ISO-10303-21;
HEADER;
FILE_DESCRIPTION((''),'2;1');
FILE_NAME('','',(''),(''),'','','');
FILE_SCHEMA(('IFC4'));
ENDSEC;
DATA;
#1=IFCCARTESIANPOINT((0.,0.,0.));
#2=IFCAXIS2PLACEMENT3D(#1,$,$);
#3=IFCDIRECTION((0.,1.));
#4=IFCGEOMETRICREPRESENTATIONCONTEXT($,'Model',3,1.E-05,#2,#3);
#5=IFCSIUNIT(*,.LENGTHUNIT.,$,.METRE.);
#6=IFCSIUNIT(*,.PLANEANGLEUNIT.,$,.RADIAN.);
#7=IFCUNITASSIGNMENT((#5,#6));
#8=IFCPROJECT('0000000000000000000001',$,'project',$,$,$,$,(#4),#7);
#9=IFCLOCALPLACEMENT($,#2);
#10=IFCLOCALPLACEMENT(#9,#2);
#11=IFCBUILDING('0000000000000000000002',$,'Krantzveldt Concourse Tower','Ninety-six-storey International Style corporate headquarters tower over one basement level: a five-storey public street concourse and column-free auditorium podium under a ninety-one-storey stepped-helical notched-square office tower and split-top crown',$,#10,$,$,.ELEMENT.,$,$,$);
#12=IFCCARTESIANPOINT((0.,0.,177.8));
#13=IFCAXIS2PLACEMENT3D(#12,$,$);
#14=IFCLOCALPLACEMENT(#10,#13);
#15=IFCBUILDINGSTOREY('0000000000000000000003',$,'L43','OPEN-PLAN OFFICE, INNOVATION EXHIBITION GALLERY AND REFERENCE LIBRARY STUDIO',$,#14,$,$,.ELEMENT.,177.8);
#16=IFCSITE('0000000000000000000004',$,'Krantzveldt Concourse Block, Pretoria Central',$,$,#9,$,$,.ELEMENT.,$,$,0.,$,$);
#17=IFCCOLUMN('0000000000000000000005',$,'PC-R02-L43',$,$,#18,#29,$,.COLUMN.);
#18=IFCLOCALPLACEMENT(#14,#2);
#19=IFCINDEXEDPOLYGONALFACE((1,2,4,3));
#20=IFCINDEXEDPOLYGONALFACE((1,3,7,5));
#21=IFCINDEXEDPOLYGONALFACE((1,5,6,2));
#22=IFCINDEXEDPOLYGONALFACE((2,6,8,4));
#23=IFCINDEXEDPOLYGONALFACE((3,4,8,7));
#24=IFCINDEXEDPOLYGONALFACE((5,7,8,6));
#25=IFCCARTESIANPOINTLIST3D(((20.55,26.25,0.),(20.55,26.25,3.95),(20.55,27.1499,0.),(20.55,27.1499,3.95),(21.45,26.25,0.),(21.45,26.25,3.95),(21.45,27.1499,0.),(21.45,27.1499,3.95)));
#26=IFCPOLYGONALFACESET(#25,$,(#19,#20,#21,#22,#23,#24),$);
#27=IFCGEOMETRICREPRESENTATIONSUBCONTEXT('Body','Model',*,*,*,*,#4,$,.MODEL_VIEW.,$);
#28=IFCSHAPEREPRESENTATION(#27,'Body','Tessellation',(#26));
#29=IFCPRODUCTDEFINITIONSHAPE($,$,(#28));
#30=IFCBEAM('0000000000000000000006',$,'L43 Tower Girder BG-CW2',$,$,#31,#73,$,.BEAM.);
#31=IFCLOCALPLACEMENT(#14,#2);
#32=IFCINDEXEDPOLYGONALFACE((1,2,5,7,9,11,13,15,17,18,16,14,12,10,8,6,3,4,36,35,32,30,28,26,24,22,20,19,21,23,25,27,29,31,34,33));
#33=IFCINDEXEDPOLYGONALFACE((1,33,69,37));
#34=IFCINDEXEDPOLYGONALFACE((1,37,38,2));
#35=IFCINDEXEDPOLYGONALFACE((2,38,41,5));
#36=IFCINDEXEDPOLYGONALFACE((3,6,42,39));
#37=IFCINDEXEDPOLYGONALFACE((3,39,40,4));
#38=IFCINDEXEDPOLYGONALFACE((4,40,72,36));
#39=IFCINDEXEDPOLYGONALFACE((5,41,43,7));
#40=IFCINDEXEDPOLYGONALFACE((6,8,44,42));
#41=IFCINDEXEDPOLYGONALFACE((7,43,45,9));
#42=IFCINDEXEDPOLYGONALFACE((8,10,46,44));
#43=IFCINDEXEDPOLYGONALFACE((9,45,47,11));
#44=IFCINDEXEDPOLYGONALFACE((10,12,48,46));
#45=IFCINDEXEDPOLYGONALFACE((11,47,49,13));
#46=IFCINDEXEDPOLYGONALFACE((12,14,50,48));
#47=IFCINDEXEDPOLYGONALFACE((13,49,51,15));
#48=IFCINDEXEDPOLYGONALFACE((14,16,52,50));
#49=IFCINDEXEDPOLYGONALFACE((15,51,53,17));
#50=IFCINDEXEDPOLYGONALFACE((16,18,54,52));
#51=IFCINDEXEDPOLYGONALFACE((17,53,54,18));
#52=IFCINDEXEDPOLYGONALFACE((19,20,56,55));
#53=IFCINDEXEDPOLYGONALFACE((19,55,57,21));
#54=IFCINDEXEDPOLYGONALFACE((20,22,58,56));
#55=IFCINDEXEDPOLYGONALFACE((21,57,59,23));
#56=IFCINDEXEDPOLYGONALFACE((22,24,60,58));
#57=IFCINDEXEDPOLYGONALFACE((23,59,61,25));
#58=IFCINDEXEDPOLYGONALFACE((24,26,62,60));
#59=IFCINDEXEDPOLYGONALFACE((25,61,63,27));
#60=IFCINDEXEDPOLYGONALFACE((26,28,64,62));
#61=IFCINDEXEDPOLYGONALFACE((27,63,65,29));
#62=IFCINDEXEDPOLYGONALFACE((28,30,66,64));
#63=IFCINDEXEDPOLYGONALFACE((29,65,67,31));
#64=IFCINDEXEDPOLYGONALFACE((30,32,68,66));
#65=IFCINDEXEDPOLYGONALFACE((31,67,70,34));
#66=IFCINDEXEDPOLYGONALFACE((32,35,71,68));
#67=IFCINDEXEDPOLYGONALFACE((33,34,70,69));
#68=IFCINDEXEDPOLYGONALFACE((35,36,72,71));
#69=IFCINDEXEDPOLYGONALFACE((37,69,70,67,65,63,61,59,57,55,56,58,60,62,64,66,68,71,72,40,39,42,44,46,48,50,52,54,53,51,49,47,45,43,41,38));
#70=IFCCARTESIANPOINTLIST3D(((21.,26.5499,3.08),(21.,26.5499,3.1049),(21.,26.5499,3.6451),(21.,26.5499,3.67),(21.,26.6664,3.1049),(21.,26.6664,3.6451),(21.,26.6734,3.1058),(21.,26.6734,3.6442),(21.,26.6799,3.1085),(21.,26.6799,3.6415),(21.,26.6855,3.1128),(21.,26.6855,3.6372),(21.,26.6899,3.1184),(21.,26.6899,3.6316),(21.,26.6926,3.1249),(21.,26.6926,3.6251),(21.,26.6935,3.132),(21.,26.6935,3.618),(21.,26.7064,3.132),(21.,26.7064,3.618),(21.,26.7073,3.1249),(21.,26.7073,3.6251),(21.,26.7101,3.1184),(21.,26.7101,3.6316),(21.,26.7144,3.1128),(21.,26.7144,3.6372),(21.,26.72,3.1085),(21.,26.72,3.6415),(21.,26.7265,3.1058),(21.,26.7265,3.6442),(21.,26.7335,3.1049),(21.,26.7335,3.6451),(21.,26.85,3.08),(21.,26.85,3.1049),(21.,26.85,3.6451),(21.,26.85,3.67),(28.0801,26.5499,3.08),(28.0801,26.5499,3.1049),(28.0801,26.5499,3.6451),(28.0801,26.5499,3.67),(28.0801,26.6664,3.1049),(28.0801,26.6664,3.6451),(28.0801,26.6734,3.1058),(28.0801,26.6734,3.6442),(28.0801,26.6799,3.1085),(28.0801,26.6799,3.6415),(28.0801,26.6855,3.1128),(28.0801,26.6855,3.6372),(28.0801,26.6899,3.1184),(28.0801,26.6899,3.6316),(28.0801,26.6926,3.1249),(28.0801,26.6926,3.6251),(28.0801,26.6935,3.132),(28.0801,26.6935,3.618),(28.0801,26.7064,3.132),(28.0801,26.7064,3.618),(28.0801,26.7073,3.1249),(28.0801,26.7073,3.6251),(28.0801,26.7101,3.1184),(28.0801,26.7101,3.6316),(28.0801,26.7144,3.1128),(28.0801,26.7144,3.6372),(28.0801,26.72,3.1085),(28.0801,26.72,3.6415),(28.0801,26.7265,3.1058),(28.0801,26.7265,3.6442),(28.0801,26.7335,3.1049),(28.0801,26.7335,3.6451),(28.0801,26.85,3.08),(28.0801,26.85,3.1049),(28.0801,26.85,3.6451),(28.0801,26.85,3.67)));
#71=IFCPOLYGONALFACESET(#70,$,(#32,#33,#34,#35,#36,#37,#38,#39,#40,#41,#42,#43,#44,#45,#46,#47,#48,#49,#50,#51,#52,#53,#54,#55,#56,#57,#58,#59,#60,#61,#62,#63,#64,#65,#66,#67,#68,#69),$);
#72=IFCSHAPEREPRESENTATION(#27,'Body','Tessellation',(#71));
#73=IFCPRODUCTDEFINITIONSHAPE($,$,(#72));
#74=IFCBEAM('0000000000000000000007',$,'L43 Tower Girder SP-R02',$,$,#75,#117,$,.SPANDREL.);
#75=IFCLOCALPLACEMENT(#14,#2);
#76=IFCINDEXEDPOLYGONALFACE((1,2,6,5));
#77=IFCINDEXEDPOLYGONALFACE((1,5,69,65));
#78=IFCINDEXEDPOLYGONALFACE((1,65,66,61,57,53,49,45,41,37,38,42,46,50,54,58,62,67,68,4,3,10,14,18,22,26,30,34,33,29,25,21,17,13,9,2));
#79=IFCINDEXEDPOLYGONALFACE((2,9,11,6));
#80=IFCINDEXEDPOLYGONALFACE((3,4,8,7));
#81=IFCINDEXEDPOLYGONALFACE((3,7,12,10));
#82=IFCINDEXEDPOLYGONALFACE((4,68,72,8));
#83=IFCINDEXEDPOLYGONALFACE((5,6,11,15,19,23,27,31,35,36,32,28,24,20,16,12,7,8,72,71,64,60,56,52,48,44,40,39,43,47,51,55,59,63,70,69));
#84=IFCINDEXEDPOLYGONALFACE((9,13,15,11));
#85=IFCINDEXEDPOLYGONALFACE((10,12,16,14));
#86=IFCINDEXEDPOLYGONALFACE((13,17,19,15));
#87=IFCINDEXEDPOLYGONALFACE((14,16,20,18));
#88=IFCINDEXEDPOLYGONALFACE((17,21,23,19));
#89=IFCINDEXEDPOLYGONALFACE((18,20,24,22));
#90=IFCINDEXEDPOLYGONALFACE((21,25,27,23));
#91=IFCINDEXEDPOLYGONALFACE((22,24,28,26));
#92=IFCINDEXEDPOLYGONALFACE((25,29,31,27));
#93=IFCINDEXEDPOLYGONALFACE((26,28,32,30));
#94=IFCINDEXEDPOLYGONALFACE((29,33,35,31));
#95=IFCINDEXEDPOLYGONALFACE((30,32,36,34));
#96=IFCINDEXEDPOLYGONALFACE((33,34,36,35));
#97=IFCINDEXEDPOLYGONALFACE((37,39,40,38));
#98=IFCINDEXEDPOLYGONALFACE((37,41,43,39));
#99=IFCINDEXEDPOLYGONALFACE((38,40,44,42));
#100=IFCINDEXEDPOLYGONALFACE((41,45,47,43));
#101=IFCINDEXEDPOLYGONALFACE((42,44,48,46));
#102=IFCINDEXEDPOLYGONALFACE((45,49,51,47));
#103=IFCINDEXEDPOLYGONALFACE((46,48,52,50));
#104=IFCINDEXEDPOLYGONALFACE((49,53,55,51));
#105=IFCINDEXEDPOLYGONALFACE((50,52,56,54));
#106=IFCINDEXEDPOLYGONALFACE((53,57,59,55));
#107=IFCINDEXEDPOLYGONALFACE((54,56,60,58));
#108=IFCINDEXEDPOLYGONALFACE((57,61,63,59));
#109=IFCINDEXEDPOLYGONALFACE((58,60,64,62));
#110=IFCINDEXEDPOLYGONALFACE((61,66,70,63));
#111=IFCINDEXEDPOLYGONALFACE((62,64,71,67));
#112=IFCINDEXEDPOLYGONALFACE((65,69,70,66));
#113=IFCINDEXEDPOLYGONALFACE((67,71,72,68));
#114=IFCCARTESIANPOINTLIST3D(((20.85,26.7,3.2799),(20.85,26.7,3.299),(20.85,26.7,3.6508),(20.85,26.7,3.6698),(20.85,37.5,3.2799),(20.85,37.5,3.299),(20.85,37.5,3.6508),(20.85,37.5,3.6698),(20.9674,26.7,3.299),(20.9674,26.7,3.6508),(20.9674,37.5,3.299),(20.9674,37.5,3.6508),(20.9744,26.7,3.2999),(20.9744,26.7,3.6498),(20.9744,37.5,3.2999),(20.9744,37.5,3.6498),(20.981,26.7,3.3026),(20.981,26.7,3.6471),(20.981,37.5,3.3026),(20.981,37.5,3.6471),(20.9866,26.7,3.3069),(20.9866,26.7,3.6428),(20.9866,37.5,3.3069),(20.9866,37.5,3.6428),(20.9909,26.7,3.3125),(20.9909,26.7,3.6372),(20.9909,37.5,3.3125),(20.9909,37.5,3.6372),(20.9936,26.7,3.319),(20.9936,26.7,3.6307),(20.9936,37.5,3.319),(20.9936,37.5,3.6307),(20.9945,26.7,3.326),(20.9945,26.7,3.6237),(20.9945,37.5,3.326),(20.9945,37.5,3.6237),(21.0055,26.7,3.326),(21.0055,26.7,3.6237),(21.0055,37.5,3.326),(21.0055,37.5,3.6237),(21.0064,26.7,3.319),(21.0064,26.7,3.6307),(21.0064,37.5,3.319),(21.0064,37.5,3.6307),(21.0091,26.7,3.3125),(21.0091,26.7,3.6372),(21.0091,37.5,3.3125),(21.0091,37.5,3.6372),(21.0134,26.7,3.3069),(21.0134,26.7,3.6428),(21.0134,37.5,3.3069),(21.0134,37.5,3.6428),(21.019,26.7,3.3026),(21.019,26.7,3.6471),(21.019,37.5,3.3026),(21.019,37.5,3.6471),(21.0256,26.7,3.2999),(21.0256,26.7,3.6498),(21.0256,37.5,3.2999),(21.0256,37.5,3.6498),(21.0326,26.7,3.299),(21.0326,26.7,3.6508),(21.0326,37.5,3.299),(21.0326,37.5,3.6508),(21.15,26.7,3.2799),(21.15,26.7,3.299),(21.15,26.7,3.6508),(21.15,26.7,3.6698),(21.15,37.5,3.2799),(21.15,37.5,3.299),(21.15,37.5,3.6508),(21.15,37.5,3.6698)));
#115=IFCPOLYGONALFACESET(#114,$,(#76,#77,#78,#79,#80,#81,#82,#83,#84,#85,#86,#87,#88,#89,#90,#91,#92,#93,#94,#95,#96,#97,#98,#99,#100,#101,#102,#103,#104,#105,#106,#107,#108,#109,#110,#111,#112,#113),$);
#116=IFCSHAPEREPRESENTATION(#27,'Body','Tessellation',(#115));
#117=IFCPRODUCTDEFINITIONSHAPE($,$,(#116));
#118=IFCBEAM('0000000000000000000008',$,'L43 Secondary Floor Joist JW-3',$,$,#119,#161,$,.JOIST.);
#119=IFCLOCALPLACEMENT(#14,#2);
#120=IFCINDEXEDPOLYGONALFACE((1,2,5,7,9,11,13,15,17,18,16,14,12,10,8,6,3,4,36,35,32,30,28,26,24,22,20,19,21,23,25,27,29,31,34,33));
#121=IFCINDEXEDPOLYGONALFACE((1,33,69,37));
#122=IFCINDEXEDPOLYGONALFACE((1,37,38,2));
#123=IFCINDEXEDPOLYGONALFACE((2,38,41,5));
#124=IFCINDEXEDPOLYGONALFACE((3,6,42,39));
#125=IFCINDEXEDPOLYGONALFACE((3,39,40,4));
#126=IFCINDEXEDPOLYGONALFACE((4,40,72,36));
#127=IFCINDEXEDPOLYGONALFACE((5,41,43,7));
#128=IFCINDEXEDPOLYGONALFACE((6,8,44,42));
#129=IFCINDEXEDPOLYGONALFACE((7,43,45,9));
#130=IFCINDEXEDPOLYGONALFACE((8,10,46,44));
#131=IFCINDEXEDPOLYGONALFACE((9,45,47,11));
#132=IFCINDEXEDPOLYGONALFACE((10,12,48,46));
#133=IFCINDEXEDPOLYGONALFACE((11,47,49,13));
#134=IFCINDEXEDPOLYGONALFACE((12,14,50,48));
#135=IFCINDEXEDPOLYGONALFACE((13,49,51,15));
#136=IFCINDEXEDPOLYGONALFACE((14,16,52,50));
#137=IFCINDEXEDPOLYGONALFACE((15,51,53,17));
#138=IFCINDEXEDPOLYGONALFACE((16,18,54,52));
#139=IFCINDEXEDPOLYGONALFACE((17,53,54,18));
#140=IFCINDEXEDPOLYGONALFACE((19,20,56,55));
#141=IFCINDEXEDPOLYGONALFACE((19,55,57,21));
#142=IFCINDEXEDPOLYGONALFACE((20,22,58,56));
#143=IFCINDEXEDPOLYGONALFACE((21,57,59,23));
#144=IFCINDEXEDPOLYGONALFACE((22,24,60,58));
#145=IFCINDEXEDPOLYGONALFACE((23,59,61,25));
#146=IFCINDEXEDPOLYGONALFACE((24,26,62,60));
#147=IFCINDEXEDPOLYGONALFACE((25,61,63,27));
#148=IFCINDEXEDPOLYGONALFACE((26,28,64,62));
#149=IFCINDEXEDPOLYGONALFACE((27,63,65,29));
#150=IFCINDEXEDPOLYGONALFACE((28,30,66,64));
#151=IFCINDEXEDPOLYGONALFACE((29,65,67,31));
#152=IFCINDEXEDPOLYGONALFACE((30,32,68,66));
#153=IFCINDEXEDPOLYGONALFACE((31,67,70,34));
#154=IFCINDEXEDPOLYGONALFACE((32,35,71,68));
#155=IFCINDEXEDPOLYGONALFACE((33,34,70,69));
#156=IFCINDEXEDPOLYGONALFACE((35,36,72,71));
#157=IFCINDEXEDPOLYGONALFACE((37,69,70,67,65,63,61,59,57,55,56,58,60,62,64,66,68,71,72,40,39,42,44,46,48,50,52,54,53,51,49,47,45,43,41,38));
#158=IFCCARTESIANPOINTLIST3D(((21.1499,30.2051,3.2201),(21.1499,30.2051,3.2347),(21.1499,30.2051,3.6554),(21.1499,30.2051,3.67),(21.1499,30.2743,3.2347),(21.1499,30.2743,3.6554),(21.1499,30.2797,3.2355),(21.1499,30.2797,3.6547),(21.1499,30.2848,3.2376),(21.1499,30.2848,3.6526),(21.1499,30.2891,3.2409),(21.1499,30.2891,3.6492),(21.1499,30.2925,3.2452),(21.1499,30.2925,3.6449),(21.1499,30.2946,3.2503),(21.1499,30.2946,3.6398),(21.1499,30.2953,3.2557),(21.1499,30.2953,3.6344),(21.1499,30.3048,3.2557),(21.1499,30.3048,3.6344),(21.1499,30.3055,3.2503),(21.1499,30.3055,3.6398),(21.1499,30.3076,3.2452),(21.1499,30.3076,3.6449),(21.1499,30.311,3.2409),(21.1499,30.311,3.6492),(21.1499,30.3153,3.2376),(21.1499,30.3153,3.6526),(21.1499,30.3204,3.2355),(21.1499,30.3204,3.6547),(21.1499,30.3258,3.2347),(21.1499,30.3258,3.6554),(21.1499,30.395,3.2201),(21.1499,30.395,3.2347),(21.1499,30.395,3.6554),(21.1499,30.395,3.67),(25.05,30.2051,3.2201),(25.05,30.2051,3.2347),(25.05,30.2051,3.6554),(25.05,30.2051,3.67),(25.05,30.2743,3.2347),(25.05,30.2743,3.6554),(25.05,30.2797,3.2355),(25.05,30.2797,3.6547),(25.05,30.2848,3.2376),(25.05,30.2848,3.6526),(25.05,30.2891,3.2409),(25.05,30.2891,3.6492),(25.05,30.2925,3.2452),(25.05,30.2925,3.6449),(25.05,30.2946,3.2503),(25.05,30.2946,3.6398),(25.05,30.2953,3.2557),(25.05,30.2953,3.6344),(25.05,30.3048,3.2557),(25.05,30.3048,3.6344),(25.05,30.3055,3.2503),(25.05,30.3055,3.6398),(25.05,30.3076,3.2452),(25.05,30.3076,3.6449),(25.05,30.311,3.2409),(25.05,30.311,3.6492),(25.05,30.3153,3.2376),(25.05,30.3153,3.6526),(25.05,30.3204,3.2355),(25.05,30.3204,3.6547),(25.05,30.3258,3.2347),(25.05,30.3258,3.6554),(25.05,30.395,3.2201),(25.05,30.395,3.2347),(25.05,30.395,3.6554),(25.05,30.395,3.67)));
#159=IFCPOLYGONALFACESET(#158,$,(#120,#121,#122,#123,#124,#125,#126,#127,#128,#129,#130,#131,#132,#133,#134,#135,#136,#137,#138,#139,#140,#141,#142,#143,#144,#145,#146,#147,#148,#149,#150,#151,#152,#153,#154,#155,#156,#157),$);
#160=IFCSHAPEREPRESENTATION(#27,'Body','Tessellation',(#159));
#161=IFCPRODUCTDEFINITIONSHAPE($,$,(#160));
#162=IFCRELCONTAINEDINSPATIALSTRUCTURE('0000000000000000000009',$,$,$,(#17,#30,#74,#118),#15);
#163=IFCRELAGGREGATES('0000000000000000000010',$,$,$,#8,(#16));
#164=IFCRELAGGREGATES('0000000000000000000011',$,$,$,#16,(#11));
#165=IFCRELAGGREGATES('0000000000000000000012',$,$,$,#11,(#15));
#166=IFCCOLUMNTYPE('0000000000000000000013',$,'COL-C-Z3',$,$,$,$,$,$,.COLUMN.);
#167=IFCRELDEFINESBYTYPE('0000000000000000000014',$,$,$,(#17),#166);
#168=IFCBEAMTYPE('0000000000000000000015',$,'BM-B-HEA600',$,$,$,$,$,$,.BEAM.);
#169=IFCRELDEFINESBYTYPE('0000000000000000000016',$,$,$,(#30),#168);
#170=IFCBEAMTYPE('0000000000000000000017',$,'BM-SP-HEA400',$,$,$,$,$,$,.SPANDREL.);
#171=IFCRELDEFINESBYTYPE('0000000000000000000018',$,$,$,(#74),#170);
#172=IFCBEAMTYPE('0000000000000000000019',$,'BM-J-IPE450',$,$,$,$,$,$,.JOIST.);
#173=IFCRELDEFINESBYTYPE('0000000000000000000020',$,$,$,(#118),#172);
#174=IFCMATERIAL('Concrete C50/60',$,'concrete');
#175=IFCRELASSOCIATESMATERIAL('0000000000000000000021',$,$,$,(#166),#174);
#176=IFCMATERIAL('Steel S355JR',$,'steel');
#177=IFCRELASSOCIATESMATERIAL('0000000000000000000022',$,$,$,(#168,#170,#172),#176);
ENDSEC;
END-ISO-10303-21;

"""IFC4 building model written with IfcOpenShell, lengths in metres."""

from ifc_helpers import new_model, si_unit, direction, frame, origin, origin_2d, place, context, subcontext, project, spatial, rectangle, i_section, extrude, source, transform, mapped, material, material_profile, profile_set, type_object, type_shapes, element, save


model = new_model("IFC4")

# Units and contexts
model_context = context("Model", 3, precision=1e-05, world=origin(), true_north=direction((0.0, 1.0)))
body_context = subcontext(model_context, "Body", "Model", "MODEL_VIEW")
ifc_project = project(units=[si_unit("LENGTHUNIT", "METRE"), si_unit("PLANEANGLEUNIT", "RADIAN")], contexts=[model_context])

# Site, building, storey
site_placement = place(None, origin())
site = spatial("IfcSite", under=ifc_project, at=site_placement, Name="Krantzveldt Concourse Block, Pretoria Central", CompositionType="ELEMENT", RefElevation=0.0)
building_placement = place(site_placement, origin())
building = spatial("IfcBuilding", under=site, at=building_placement, Name="Krantzveldt Concourse Tower", Description="Ninety-six-storey International Style corporate headquarters tower over one basement level: a five-storey public street concourse and column-free auditorium podium under a ninety-one-storey stepped-helical notched-square office tower and split-top crown", CompositionType="ELEMENT")
storey_placement = place(building_placement, frame((0.0, 0.0, 177.8)))
storey = spatial("IfcBuildingStorey", under=building, at=storey_placement, Name="L43", Description="OPEN-PLAN OFFICE, INNOVATION EXHIBITION GALLERY AND REFERENCE LIBRARY STUDIO", CompositionType="ELEMENT", Elevation=177.8)

# Column
ifc_material_1 = material(Name="Concrete C50/60", Category="concrete")
ifc_material_profile_1 = material_profile(ifc_material_1, rectangle(XDim=0.8999, YDim=0.8999, at=origin_2d()), Name="Concrete C50/60", Category="concrete")
ifc_profile_set_1 = profile_set([ifc_material_profile_1], Name="Concrete C50/60 - RC 900x900")
column_type = type_object("IfcColumnType", Name="COL-C-Z3", PredefinedType="COLUMN", material=ifc_profile_set_1)
shared_shape_1 = source(origin(), body_context, "Body", "SweptSolid", [
    extrude(rectangle(XDim=0.8999, YDim=0.8999, at=origin_2d()), origin(), (0.0, 0.0, 1.0), 3.95),
])
type_shapes(column_type, [shared_shape_1])
column_placement = place(storey_placement, frame((21.0, 26.7, 0.0), z_axis=(0.0, 0.0, 1.0), x_axis=(1.0, 0.0, 0.0)))
element("IfcColumn", 1, at=column_placement, inside=storey, type_object=column_type, Name="PC-R02-L43", PredefinedType="COLUMN", context=body_context, shape_type="MappedRepresentation", body=[
    mapped(shared_shape_1, transform((0.0, 0.0, 0.0), x_axis=(1.0, 0.0, 0.0), y_axis=(0.0, 1.0, 0.0), z_axis=(0.0, 0.0, 1.0), scale=1.0)),
])

# Beams
ifc_material_2 = material(Name="Steel S355JR", Category="steel")
ifc_material_profile_2 = material_profile(ifc_material_2, i_section(OverallWidth=0.3, OverallDepth=0.5901, WebThickness=0.0129, FlangeThickness=0.0249, FilletRadius=0.0271, at=origin_2d()), Name="Steel S355JR", Category="steel")
ifc_profile_set_2 = profile_set([ifc_material_profile_2], Name="Steel S355JR - HEA 600")
beam_type_1 = type_object("IfcBeamType", Name="BM-B-HEA600", PredefinedType="BEAM", material=ifc_profile_set_2)
shared_shape_2 = source(origin(), body_context, "Body", "SweptSolid", [
    extrude(i_section(OverallWidth=0.3, OverallDepth=0.5901, WebThickness=0.0129, FlangeThickness=0.0249, FilletRadius=0.0271, at=origin_2d()), origin(), (0.0, 0.0, 1.0), 7.0801),
])
type_shapes(beam_type_1, [shared_shape_2])
beam_1_placement = place(storey_placement, frame((21.0, 26.7, 3.375), z_axis=(1.0, 0.0, 0.0), x_axis=(0.0, 1.0, 0.0)))
element("IfcBeam", 2, at=beam_1_placement, inside=storey, type_object=beam_type_1, Name="L43 Tower Girder BG-CW2", PredefinedType="BEAM", context=body_context, shape_type="MappedRepresentation", body=[
    mapped(shared_shape_2, transform((0.0, 0.0, 0.0), x_axis=(1.0, 0.0, 0.0), y_axis=(0.0, 1.0, 0.0), z_axis=(0.0, 0.0, 1.0), scale=1.0)),
])
ifc_material_profile_3 = material_profile(ifc_material_2, i_section(OverallWidth=0.3, OverallDepth=0.3899, WebThickness=0.011, FlangeThickness=0.019, FilletRadius=0.0271, at=origin_2d()), Name="Steel S355JR", Category="steel")
ifc_profile_set_3 = profile_set([ifc_material_profile_3], Name="Steel S355JR - HEA 400")
beam_type_2 = type_object("IfcBeamType", Name="BM-SP-HEA400", PredefinedType="SPANDREL", material=ifc_profile_set_3)
shared_shape_3 = source(origin(), body_context, "Body", "SweptSolid", [
    extrude(i_section(OverallWidth=0.3, OverallDepth=0.3899, WebThickness=0.011, FlangeThickness=0.019, FilletRadius=0.0271, at=origin_2d()), origin(), (0.0, 0.0, 1.0), 10.8),
])
type_shapes(beam_type_2, [shared_shape_3])
beam_2_placement = place(storey_placement, frame((21.0, 26.7, 3.4749), z_axis=(0.0, 1.0, 0.0), x_axis=(-1.0, 0.0, 0.0)))
element("IfcBeam", 3, at=beam_2_placement, inside=storey, type_object=beam_type_2, Name="L43 Tower Girder SP-R02", PredefinedType="SPANDREL", context=body_context, shape_type="MappedRepresentation", body=[
    mapped(shared_shape_3, transform((0.0, 0.0, 0.0), x_axis=(1.0, 0.0, 0.0), y_axis=(0.0, 1.0, 0.0), z_axis=(0.0, 0.0, 1.0), scale=1.0)),
])
ifc_material_profile_4 = material_profile(ifc_material_2, i_section(OverallWidth=0.1899, OverallDepth=0.45, WebThickness=0.0095, FlangeThickness=0.0146, FilletRadius=0.021, at=origin_2d()), Name="Steel S355JR", Category="steel")
ifc_profile_set_4 = profile_set([ifc_material_profile_4], Name="Steel S355JR - IPE 450")
beam_type_3 = type_object("IfcBeamType", Name="BM-J-IPE450", PredefinedType="JOIST", material=ifc_profile_set_4)
shared_shape_4 = source(origin(), body_context, "Body", "SweptSolid", [
    extrude(i_section(OverallWidth=0.1899, OverallDepth=0.45, WebThickness=0.0095, FlangeThickness=0.0146, FilletRadius=0.021, at=origin_2d()), origin(), (0.0, 0.0, 1.0), 3.9001),
])
type_shapes(beam_type_3, [shared_shape_4])
beam_3_placement = place(storey_placement, frame((21.1499, 30.3, 3.4451), z_axis=(1.0, 0.0, 0.0), x_axis=(0.0, 1.0, 0.0)))
element("IfcBeam", 4, at=beam_3_placement, inside=storey, type_object=beam_type_3, Name="L43 Secondary Floor Joist JW-3", PredefinedType="JOIST", context=body_context, shape_type="MappedRepresentation", body=[
    mapped(shared_shape_4, transform((0.0, 0.0, 0.0), x_axis=(1.0, 0.0, 0.0), y_axis=(0.0, 1.0, 0.0), z_axis=(0.0, 0.0, 1.0), scale=1.0)),
])

save(model, "model.ifc")
